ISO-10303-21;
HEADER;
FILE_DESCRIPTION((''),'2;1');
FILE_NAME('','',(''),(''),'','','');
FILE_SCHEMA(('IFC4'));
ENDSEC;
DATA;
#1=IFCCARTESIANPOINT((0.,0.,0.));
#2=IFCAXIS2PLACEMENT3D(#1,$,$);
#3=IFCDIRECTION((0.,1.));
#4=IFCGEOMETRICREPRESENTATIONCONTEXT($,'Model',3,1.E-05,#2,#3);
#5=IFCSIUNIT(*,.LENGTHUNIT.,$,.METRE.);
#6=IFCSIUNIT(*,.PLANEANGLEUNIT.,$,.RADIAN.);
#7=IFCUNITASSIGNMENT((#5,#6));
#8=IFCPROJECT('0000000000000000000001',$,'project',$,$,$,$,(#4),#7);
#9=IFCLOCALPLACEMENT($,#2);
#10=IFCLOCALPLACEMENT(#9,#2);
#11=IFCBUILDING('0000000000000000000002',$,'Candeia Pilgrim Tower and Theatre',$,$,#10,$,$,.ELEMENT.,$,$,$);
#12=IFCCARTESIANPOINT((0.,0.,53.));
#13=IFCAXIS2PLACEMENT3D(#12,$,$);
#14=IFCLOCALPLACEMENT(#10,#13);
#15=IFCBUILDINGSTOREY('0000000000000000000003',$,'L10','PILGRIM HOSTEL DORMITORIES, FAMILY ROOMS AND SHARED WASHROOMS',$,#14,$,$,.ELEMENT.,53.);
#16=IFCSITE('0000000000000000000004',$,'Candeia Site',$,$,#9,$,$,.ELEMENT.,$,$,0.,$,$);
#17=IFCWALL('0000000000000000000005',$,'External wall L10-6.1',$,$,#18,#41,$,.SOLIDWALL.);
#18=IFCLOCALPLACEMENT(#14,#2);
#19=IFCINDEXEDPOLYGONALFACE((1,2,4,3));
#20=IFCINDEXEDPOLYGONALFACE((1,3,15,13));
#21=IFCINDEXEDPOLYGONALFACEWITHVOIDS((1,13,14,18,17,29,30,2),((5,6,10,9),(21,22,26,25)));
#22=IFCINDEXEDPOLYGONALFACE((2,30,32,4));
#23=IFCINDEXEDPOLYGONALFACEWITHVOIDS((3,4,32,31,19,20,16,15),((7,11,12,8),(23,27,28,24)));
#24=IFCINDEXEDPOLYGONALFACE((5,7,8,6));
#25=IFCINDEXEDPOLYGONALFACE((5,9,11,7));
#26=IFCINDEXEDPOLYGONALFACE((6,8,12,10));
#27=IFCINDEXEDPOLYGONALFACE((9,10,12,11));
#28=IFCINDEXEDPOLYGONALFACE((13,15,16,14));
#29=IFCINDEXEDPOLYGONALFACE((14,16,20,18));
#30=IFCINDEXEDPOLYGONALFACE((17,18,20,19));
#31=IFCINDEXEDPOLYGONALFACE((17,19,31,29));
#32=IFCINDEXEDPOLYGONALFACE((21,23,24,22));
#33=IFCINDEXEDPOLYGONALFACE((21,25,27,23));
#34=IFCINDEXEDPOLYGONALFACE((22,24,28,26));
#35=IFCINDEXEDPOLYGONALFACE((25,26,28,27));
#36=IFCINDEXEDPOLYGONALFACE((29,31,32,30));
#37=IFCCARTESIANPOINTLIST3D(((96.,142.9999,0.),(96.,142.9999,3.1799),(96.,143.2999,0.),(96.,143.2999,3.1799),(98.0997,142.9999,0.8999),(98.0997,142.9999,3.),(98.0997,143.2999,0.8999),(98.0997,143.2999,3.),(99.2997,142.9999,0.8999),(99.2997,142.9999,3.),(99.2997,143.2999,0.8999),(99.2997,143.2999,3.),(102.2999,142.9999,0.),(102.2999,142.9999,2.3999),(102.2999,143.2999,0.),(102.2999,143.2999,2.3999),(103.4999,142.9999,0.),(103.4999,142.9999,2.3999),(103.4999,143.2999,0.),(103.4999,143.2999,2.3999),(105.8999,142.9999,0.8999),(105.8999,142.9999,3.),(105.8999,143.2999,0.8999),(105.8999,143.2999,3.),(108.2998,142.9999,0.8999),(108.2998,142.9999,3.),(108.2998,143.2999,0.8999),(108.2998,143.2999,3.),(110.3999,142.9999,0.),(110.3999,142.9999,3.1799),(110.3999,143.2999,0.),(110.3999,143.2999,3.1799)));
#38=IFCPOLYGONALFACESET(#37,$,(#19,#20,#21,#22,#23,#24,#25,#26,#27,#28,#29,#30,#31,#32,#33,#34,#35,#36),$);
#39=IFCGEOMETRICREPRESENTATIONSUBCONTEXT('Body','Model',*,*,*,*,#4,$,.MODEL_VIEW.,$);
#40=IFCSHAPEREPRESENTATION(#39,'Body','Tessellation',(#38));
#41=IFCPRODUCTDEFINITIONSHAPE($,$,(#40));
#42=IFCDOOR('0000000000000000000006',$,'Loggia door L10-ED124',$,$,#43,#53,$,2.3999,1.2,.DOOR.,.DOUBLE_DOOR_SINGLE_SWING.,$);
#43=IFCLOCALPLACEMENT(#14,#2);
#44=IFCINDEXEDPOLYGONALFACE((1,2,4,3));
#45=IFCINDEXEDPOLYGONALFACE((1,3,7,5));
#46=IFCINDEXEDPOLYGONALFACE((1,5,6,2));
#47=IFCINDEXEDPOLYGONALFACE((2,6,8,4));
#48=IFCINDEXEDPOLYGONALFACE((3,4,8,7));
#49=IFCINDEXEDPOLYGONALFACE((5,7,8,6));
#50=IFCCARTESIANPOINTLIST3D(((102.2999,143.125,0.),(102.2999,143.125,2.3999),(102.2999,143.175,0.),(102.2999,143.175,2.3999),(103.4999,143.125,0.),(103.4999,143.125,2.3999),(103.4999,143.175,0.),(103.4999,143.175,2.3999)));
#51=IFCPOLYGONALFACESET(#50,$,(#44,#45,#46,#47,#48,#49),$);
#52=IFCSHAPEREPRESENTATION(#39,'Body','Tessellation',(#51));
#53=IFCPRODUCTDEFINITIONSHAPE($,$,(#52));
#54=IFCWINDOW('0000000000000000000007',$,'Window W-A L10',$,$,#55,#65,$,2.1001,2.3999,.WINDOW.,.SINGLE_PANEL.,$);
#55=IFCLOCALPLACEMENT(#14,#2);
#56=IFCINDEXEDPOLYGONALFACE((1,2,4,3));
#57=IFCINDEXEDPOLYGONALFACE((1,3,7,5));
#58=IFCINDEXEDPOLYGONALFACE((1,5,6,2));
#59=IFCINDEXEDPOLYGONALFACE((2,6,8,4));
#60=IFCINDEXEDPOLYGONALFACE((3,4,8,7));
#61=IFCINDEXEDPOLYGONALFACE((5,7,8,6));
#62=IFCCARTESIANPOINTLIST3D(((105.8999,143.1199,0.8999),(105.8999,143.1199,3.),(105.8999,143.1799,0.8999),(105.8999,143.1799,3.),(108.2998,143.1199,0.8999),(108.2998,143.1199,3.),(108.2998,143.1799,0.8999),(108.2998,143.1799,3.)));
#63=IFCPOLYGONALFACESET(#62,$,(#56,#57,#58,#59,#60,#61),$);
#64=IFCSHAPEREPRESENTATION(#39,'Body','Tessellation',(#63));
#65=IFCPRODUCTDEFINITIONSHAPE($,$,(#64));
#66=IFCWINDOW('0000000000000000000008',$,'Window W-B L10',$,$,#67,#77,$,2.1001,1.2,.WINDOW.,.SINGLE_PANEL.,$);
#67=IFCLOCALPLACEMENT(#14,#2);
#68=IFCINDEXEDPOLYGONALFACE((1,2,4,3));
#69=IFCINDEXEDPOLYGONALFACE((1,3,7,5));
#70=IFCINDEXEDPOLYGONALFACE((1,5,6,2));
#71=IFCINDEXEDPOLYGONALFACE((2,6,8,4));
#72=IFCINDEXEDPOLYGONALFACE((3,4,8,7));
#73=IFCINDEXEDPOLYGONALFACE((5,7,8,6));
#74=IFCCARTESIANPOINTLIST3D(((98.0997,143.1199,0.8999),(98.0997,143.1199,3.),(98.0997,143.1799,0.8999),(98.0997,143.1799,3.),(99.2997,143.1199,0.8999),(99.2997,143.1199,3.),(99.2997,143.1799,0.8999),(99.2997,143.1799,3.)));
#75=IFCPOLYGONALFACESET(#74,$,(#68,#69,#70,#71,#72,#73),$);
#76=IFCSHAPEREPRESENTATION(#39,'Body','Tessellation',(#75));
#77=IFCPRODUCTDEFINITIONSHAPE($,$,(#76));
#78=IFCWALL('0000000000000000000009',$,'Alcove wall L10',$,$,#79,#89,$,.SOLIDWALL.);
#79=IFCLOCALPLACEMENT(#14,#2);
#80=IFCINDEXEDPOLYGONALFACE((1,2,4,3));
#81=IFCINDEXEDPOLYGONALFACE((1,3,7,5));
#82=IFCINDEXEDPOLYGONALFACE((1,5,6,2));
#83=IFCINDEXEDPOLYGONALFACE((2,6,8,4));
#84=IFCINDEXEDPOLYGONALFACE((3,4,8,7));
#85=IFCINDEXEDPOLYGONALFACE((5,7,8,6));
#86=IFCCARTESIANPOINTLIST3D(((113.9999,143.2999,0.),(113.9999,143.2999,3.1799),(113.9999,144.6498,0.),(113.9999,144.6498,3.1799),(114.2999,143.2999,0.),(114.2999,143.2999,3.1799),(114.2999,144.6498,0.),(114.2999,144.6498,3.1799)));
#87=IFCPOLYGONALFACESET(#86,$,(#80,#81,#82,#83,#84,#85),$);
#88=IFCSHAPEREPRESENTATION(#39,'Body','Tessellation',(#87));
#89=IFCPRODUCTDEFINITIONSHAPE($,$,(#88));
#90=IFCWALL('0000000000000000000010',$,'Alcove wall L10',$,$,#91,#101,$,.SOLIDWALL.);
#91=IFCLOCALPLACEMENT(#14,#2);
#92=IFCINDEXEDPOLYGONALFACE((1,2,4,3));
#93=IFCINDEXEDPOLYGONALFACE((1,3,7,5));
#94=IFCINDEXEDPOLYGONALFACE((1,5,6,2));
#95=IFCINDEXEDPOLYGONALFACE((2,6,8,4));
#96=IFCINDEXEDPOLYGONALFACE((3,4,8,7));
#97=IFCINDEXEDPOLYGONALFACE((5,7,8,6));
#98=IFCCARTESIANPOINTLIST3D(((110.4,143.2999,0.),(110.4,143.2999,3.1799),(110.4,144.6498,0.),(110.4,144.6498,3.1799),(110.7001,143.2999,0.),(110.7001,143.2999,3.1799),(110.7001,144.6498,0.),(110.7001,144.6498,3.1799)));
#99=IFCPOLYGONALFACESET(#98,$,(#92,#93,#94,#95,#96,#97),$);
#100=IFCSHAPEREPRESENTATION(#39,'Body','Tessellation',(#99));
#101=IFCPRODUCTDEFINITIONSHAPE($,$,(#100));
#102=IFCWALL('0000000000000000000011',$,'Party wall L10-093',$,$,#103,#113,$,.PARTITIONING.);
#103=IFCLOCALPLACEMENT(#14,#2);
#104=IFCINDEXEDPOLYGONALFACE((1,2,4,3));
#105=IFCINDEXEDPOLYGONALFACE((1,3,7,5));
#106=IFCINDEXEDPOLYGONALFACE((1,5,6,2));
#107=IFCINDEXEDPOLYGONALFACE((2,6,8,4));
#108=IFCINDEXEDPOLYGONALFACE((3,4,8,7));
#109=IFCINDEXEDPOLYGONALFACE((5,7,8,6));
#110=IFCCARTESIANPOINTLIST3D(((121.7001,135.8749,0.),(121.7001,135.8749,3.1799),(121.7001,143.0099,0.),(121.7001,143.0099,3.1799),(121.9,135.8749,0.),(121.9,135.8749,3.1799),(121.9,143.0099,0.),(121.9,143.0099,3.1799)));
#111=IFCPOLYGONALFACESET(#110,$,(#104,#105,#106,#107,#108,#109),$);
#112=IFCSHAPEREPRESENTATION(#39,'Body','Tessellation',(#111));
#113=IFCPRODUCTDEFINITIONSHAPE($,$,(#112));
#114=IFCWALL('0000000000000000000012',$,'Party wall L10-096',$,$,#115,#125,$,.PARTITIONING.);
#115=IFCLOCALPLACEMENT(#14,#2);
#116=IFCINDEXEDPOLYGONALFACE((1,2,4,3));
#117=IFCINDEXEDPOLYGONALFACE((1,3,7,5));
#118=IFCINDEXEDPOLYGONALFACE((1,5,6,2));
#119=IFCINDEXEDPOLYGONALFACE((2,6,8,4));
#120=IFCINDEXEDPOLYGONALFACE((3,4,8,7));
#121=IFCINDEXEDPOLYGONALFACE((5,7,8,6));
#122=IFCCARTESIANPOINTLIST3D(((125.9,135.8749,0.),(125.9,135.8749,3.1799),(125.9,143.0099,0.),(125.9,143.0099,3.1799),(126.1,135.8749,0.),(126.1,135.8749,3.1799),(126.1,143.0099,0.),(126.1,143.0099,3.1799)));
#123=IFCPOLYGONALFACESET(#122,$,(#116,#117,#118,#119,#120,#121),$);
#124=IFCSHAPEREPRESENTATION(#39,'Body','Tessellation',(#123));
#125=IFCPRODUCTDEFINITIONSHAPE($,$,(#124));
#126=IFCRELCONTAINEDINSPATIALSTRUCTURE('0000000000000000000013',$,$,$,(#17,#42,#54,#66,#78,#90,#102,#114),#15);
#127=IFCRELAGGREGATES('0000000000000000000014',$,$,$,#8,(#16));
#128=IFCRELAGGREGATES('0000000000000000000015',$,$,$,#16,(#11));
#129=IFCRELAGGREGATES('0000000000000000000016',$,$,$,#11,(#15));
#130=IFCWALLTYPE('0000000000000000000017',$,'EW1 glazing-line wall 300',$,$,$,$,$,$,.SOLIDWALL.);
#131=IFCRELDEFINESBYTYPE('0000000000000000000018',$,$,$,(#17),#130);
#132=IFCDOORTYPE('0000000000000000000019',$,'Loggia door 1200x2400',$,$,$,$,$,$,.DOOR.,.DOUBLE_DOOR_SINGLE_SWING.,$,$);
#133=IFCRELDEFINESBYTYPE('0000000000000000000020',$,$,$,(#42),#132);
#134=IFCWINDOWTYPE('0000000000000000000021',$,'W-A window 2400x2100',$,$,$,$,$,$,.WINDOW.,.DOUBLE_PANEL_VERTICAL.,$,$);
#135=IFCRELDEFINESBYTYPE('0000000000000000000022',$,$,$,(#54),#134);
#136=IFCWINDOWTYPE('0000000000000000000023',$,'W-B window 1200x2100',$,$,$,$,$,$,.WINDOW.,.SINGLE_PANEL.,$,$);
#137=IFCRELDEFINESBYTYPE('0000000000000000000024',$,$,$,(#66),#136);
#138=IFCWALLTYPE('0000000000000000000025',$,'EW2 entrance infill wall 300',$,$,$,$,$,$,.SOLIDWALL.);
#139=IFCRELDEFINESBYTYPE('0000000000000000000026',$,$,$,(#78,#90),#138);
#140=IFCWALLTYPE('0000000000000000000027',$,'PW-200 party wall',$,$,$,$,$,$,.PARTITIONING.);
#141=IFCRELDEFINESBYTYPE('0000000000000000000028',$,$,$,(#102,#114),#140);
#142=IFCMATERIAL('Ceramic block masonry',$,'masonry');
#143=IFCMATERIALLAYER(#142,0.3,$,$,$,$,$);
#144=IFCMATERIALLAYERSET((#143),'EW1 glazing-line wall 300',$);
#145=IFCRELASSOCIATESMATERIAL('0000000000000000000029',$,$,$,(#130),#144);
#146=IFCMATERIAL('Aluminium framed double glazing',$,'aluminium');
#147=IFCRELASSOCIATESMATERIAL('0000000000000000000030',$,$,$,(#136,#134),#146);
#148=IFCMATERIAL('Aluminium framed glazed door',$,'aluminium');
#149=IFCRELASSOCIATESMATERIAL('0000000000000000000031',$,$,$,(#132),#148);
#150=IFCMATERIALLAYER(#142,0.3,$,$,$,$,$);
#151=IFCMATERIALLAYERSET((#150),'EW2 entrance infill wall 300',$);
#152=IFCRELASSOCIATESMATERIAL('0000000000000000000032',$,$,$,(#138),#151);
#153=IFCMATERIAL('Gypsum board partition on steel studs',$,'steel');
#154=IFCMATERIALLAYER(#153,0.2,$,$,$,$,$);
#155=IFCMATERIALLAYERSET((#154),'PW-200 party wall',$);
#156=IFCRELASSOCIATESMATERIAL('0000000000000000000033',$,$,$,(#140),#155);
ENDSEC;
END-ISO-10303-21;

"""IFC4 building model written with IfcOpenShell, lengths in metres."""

from ifc_helpers import new_model, si_unit, direction, frame, frame_2d, origin, place, context, subcontext, project, spatial, rectangle, extrude, material, layer, layer_set, type_object, element, fill, save


model = new_model("IFC4")

# Units and contexts
model_context = context("Model", 3, precision=1e-05, world=origin(), true_north=direction((0.0, 1.0)))
body_context = subcontext(model_context, "Body", "Model", "MODEL_VIEW")
ifc_project = project(units=[si_unit("LENGTHUNIT", "METRE"), si_unit("PLANEANGLEUNIT", "RADIAN")], contexts=[model_context])

# Site, building, storey
site_placement = place(None, origin())
site = spatial("IfcSite", under=ifc_project, at=site_placement, Name="Candeia Site", CompositionType="ELEMENT", RefElevation=0.0)
building_placement = place(site_placement, origin())
building = spatial("IfcBuilding", under=site, at=building_placement, Name="Candeia Pilgrim Tower and Theatre", CompositionType="ELEMENT")
storey_placement = place(building_placement, frame((0.0, 0.0, 53.0)))
storey = spatial("IfcBuildingStorey", under=building, at=storey_placement, Name="L10", Description="PILGRIM HOSTEL DORMITORIES, FAMILY ROOMS AND SHARED WASHROOMS", CompositionType="ELEMENT", Elevation=53.0)

# Shared definitions
ifc_material_1 = material(Name="Ceramic block masonry", Category="masonry")
ifc_layer_1 = layer(ifc_material_1, 0.3)
ifc_layer_set_1 = layer_set([ifc_layer_1], Name="EW1 glazing-line wall 300")
wall_type_1 = type_object("IfcWallType", Name="EW1 glazing-line wall 300", PredefinedType="SOLIDWALL", material=ifc_layer_set_1)
ifc_material_2 = material(Name="Aluminium framed double glazing", Category="aluminium")
window_type_1 = type_object("IfcWindowType", Name="W-B window 1200x2100", PartitioningType="SINGLE_PANEL", PredefinedType="WINDOW", material=ifc_material_2)

# Wall, openings, door, windows
ifc_material_3 = material(Name="Aluminium framed glazed door", Category="aluminium")
door_type = type_object("IfcDoorType", Name="Loggia door 1200x2400", OperationType="DOUBLE_DOOR_SINGLE_SWING", PredefinedType="DOOR", material=ifc_material_3)
window_type_2 = type_object("IfcWindowType", Name="W-A window 2400x2100", PartitioningType="DOUBLE_PANEL_VERTICAL", PredefinedType="WINDOW", material=ifc_material_2)
wall_1_placement = place(storey_placement, frame((110.3999, 143.1499, 0.0), z_axis=(0.0, 0.0, 1.0), x_axis=(-1.0, 0.0, 0.0)))
wall_1 = element("IfcWall", 1, at=wall_1_placement, inside=storey, type_object=wall_type_1, Name="External wall L10-6.1", PredefinedType="SOLIDWALL", context=body_context, shape_type="SweptSolid", body=[
    extrude(rectangle(XDim=14.3999, YDim=0.3, at=frame_2d((7.2, 0.0))), origin(), (0.0, 0.0, 1.0), 3.1799),
])
opening_1_placement = place(wall_1_placement, frame((2.1001, 0.0, 0.8999)))
opening_1 = element("IfcOpeningElement", 2, at=opening_1_placement, cuts=wall_1, PredefinedType="OPENING", context=body_context, shape_type="SweptSolid", body=[
    extrude(rectangle(XDim=2.3999, YDim=2.1001, at=frame_2d((1.2, 1.05))), frame((0.0, 0.1602, 0.0), z_axis=(0.0, -1.0, 0.0), x_axis=(1.0, 0.0, 0.0)), (0.0, 0.0, 1.0), 0.3201),
])
opening_2_placement = place(wall_1_placement, frame((6.8999, 0.0, 0.0)))
opening_2 = element("IfcOpeningElement", 3, at=opening_2_placement, cuts=wall_1, PredefinedType="OPENING", context=body_context, shape_type="SweptSolid", body=[
    extrude(rectangle(XDim=1.2, YDim=2.3999, at=frame_2d((0.6001, 1.2))), frame((0.0, 0.1602, 0.0), z_axis=(0.0, -1.0, 0.0), x_axis=(1.0, 0.0, 0.0)), (0.0, 0.0, 1.0), 0.3201),
])
opening_3_placement = place(wall_1_placement, frame((11.1001, 0.0, 0.8999)))
opening_3 = element("IfcOpeningElement", 4, at=opening_3_placement, cuts=wall_1, PredefinedType="OPENING", context=body_context, shape_type="SweptSolid", body=[
    extrude(rectangle(XDim=1.2, YDim=2.1001, at=frame_2d((0.6001, 1.05))), frame((0.0, 0.1602, 0.0), z_axis=(0.0, -1.0, 0.0), x_axis=(1.0, 0.0, 0.0)), (0.0, 0.0, 1.0), 0.3201),
])
door_1_placement = place(opening_2_placement, origin())
door_1 = element("IfcDoor", 5, at=door_1_placement, inside=storey, type_object=door_type, Name="Loggia door L10-ED124", OperationType="DOUBLE_DOOR_SINGLE_SWING", OverallHeight=2.3999, OverallWidth=1.2, PredefinedType="DOOR", context=body_context, shape_type="SweptSolid", body=[
    extrude(rectangle(XDim=1.2, YDim=2.3999, at=frame_2d((0.6001, 1.2))), frame((0.0, 0.0249, 0.0), z_axis=(0.0, -1.0, 0.0), x_axis=(1.0, 0.0, 0.0)), (0.0, 0.0, 1.0), 0.05),
])
fill(opening_2, door_1)
window_1_placement = place(opening_1_placement, origin())
window_1 = element("IfcWindow", 6, at=window_1_placement, inside=storey, type_object=window_type_2, Name="Window W-A L10", OverallHeight=2.1001, OverallWidth=2.3999, PartitioningType="SINGLE_PANEL", PredefinedType="WINDOW", context=body_context, shape_type="SweptSolid", body=[
    extrude(rectangle(XDim=2.3999, YDim=2.1001, at=frame_2d((1.2, 1.05))), frame((0.0, 0.03, 0.0), z_axis=(0.0, -1.0, 0.0), x_axis=(1.0, 0.0, 0.0)), (0.0, 0.0, 1.0), 0.0601),
])
fill(opening_1, window_1)
window_2_placement = place(opening_3_placement, origin())
window_2 = element("IfcWindow", 7, at=window_2_placement, inside=storey, type_object=window_type_1, Name="Window W-B L10", OverallHeight=2.1001, OverallWidth=1.2, PartitioningType="SINGLE_PANEL", PredefinedType="WINDOW", context=body_context, shape_type="SweptSolid", body=[
    extrude(rectangle(XDim=1.2, YDim=2.1001, at=frame_2d((0.6001, 1.05))), frame((0.0, 0.03, 0.0), z_axis=(0.0, -1.0, 0.0), x_axis=(1.0, 0.0, 0.0)), (0.0, 0.0, 1.0), 0.0601),
])
fill(opening_3, window_2)

# Walls
ifc_layer_2 = layer(ifc_material_1, 0.3)
ifc_layer_set_2 = layer_set([ifc_layer_2], Name="EW2 entrance infill wall 300")
wall_type_2 = type_object("IfcWallType", Name="EW2 entrance infill wall 300", PredefinedType="SOLIDWALL", material=ifc_layer_set_2)
for number, where, z_axis, x_axis, name in (
    (8, (114.1499, 143.3, 0.0), (0.0, 0.0, 1.0), (0.0, 1.0, 0.0), "Alcove wall L10"),
    (9, (110.55, 143.3, 0.0), (0.0, 0.0, 1.0), (0.0, 1.0, 0.0), "Alcove wall L10"),
):
    element("IfcWall", number, at=place(storey_placement, frame(where, z_axis=z_axis, x_axis=x_axis)), inside=storey, type_object=wall_type_2, Name=name, PredefinedType="SOLIDWALL", context=body_context, shape_type="SweptSolid", body=[
        extrude(rectangle(XDim=1.3499, YDim=0.3, at=frame_2d((0.6748, 0.0))), origin(), (0.0, 0.0, 1.0), 3.1799),
    ])

# Walls
ifc_material_4 = material(Name="Gypsum board partition on steel studs", Category="steel")
ifc_layer_3 = layer(ifc_material_4, 0.2)
ifc_layer_set_3 = layer_set([ifc_layer_3], Name="PW-200 party wall")
wall_type_3 = type_object("IfcWallType", Name="PW-200 party wall", PredefinedType="PARTITIONING", material=ifc_layer_set_3)
for number, where, z_axis, x_axis, name in (
    (10, (121.8, 135.875, 0.0), (0.0, 0.0, 1.0), (0.0, 1.0, 0.0), "Party wall L10-093"),
    (11, (126.0, 135.875, 0.0), (0.0, 0.0, 1.0), (0.0, 1.0, 0.0), "Party wall L10-096"),
):
    element("IfcWall", number, at=place(storey_placement, frame(where, z_axis=z_axis, x_axis=x_axis)), inside=storey, type_object=wall_type_3, Name=name, PredefinedType="PARTITIONING", context=body_context, shape_type="SweptSolid", body=[
        extrude(rectangle(XDim=7.135, YDim=0.2, at=frame_2d((3.5674, 0.0))), origin(), (0.0, 0.0, 1.0), 3.1799),
    ])

save(model, "model.ifc")
